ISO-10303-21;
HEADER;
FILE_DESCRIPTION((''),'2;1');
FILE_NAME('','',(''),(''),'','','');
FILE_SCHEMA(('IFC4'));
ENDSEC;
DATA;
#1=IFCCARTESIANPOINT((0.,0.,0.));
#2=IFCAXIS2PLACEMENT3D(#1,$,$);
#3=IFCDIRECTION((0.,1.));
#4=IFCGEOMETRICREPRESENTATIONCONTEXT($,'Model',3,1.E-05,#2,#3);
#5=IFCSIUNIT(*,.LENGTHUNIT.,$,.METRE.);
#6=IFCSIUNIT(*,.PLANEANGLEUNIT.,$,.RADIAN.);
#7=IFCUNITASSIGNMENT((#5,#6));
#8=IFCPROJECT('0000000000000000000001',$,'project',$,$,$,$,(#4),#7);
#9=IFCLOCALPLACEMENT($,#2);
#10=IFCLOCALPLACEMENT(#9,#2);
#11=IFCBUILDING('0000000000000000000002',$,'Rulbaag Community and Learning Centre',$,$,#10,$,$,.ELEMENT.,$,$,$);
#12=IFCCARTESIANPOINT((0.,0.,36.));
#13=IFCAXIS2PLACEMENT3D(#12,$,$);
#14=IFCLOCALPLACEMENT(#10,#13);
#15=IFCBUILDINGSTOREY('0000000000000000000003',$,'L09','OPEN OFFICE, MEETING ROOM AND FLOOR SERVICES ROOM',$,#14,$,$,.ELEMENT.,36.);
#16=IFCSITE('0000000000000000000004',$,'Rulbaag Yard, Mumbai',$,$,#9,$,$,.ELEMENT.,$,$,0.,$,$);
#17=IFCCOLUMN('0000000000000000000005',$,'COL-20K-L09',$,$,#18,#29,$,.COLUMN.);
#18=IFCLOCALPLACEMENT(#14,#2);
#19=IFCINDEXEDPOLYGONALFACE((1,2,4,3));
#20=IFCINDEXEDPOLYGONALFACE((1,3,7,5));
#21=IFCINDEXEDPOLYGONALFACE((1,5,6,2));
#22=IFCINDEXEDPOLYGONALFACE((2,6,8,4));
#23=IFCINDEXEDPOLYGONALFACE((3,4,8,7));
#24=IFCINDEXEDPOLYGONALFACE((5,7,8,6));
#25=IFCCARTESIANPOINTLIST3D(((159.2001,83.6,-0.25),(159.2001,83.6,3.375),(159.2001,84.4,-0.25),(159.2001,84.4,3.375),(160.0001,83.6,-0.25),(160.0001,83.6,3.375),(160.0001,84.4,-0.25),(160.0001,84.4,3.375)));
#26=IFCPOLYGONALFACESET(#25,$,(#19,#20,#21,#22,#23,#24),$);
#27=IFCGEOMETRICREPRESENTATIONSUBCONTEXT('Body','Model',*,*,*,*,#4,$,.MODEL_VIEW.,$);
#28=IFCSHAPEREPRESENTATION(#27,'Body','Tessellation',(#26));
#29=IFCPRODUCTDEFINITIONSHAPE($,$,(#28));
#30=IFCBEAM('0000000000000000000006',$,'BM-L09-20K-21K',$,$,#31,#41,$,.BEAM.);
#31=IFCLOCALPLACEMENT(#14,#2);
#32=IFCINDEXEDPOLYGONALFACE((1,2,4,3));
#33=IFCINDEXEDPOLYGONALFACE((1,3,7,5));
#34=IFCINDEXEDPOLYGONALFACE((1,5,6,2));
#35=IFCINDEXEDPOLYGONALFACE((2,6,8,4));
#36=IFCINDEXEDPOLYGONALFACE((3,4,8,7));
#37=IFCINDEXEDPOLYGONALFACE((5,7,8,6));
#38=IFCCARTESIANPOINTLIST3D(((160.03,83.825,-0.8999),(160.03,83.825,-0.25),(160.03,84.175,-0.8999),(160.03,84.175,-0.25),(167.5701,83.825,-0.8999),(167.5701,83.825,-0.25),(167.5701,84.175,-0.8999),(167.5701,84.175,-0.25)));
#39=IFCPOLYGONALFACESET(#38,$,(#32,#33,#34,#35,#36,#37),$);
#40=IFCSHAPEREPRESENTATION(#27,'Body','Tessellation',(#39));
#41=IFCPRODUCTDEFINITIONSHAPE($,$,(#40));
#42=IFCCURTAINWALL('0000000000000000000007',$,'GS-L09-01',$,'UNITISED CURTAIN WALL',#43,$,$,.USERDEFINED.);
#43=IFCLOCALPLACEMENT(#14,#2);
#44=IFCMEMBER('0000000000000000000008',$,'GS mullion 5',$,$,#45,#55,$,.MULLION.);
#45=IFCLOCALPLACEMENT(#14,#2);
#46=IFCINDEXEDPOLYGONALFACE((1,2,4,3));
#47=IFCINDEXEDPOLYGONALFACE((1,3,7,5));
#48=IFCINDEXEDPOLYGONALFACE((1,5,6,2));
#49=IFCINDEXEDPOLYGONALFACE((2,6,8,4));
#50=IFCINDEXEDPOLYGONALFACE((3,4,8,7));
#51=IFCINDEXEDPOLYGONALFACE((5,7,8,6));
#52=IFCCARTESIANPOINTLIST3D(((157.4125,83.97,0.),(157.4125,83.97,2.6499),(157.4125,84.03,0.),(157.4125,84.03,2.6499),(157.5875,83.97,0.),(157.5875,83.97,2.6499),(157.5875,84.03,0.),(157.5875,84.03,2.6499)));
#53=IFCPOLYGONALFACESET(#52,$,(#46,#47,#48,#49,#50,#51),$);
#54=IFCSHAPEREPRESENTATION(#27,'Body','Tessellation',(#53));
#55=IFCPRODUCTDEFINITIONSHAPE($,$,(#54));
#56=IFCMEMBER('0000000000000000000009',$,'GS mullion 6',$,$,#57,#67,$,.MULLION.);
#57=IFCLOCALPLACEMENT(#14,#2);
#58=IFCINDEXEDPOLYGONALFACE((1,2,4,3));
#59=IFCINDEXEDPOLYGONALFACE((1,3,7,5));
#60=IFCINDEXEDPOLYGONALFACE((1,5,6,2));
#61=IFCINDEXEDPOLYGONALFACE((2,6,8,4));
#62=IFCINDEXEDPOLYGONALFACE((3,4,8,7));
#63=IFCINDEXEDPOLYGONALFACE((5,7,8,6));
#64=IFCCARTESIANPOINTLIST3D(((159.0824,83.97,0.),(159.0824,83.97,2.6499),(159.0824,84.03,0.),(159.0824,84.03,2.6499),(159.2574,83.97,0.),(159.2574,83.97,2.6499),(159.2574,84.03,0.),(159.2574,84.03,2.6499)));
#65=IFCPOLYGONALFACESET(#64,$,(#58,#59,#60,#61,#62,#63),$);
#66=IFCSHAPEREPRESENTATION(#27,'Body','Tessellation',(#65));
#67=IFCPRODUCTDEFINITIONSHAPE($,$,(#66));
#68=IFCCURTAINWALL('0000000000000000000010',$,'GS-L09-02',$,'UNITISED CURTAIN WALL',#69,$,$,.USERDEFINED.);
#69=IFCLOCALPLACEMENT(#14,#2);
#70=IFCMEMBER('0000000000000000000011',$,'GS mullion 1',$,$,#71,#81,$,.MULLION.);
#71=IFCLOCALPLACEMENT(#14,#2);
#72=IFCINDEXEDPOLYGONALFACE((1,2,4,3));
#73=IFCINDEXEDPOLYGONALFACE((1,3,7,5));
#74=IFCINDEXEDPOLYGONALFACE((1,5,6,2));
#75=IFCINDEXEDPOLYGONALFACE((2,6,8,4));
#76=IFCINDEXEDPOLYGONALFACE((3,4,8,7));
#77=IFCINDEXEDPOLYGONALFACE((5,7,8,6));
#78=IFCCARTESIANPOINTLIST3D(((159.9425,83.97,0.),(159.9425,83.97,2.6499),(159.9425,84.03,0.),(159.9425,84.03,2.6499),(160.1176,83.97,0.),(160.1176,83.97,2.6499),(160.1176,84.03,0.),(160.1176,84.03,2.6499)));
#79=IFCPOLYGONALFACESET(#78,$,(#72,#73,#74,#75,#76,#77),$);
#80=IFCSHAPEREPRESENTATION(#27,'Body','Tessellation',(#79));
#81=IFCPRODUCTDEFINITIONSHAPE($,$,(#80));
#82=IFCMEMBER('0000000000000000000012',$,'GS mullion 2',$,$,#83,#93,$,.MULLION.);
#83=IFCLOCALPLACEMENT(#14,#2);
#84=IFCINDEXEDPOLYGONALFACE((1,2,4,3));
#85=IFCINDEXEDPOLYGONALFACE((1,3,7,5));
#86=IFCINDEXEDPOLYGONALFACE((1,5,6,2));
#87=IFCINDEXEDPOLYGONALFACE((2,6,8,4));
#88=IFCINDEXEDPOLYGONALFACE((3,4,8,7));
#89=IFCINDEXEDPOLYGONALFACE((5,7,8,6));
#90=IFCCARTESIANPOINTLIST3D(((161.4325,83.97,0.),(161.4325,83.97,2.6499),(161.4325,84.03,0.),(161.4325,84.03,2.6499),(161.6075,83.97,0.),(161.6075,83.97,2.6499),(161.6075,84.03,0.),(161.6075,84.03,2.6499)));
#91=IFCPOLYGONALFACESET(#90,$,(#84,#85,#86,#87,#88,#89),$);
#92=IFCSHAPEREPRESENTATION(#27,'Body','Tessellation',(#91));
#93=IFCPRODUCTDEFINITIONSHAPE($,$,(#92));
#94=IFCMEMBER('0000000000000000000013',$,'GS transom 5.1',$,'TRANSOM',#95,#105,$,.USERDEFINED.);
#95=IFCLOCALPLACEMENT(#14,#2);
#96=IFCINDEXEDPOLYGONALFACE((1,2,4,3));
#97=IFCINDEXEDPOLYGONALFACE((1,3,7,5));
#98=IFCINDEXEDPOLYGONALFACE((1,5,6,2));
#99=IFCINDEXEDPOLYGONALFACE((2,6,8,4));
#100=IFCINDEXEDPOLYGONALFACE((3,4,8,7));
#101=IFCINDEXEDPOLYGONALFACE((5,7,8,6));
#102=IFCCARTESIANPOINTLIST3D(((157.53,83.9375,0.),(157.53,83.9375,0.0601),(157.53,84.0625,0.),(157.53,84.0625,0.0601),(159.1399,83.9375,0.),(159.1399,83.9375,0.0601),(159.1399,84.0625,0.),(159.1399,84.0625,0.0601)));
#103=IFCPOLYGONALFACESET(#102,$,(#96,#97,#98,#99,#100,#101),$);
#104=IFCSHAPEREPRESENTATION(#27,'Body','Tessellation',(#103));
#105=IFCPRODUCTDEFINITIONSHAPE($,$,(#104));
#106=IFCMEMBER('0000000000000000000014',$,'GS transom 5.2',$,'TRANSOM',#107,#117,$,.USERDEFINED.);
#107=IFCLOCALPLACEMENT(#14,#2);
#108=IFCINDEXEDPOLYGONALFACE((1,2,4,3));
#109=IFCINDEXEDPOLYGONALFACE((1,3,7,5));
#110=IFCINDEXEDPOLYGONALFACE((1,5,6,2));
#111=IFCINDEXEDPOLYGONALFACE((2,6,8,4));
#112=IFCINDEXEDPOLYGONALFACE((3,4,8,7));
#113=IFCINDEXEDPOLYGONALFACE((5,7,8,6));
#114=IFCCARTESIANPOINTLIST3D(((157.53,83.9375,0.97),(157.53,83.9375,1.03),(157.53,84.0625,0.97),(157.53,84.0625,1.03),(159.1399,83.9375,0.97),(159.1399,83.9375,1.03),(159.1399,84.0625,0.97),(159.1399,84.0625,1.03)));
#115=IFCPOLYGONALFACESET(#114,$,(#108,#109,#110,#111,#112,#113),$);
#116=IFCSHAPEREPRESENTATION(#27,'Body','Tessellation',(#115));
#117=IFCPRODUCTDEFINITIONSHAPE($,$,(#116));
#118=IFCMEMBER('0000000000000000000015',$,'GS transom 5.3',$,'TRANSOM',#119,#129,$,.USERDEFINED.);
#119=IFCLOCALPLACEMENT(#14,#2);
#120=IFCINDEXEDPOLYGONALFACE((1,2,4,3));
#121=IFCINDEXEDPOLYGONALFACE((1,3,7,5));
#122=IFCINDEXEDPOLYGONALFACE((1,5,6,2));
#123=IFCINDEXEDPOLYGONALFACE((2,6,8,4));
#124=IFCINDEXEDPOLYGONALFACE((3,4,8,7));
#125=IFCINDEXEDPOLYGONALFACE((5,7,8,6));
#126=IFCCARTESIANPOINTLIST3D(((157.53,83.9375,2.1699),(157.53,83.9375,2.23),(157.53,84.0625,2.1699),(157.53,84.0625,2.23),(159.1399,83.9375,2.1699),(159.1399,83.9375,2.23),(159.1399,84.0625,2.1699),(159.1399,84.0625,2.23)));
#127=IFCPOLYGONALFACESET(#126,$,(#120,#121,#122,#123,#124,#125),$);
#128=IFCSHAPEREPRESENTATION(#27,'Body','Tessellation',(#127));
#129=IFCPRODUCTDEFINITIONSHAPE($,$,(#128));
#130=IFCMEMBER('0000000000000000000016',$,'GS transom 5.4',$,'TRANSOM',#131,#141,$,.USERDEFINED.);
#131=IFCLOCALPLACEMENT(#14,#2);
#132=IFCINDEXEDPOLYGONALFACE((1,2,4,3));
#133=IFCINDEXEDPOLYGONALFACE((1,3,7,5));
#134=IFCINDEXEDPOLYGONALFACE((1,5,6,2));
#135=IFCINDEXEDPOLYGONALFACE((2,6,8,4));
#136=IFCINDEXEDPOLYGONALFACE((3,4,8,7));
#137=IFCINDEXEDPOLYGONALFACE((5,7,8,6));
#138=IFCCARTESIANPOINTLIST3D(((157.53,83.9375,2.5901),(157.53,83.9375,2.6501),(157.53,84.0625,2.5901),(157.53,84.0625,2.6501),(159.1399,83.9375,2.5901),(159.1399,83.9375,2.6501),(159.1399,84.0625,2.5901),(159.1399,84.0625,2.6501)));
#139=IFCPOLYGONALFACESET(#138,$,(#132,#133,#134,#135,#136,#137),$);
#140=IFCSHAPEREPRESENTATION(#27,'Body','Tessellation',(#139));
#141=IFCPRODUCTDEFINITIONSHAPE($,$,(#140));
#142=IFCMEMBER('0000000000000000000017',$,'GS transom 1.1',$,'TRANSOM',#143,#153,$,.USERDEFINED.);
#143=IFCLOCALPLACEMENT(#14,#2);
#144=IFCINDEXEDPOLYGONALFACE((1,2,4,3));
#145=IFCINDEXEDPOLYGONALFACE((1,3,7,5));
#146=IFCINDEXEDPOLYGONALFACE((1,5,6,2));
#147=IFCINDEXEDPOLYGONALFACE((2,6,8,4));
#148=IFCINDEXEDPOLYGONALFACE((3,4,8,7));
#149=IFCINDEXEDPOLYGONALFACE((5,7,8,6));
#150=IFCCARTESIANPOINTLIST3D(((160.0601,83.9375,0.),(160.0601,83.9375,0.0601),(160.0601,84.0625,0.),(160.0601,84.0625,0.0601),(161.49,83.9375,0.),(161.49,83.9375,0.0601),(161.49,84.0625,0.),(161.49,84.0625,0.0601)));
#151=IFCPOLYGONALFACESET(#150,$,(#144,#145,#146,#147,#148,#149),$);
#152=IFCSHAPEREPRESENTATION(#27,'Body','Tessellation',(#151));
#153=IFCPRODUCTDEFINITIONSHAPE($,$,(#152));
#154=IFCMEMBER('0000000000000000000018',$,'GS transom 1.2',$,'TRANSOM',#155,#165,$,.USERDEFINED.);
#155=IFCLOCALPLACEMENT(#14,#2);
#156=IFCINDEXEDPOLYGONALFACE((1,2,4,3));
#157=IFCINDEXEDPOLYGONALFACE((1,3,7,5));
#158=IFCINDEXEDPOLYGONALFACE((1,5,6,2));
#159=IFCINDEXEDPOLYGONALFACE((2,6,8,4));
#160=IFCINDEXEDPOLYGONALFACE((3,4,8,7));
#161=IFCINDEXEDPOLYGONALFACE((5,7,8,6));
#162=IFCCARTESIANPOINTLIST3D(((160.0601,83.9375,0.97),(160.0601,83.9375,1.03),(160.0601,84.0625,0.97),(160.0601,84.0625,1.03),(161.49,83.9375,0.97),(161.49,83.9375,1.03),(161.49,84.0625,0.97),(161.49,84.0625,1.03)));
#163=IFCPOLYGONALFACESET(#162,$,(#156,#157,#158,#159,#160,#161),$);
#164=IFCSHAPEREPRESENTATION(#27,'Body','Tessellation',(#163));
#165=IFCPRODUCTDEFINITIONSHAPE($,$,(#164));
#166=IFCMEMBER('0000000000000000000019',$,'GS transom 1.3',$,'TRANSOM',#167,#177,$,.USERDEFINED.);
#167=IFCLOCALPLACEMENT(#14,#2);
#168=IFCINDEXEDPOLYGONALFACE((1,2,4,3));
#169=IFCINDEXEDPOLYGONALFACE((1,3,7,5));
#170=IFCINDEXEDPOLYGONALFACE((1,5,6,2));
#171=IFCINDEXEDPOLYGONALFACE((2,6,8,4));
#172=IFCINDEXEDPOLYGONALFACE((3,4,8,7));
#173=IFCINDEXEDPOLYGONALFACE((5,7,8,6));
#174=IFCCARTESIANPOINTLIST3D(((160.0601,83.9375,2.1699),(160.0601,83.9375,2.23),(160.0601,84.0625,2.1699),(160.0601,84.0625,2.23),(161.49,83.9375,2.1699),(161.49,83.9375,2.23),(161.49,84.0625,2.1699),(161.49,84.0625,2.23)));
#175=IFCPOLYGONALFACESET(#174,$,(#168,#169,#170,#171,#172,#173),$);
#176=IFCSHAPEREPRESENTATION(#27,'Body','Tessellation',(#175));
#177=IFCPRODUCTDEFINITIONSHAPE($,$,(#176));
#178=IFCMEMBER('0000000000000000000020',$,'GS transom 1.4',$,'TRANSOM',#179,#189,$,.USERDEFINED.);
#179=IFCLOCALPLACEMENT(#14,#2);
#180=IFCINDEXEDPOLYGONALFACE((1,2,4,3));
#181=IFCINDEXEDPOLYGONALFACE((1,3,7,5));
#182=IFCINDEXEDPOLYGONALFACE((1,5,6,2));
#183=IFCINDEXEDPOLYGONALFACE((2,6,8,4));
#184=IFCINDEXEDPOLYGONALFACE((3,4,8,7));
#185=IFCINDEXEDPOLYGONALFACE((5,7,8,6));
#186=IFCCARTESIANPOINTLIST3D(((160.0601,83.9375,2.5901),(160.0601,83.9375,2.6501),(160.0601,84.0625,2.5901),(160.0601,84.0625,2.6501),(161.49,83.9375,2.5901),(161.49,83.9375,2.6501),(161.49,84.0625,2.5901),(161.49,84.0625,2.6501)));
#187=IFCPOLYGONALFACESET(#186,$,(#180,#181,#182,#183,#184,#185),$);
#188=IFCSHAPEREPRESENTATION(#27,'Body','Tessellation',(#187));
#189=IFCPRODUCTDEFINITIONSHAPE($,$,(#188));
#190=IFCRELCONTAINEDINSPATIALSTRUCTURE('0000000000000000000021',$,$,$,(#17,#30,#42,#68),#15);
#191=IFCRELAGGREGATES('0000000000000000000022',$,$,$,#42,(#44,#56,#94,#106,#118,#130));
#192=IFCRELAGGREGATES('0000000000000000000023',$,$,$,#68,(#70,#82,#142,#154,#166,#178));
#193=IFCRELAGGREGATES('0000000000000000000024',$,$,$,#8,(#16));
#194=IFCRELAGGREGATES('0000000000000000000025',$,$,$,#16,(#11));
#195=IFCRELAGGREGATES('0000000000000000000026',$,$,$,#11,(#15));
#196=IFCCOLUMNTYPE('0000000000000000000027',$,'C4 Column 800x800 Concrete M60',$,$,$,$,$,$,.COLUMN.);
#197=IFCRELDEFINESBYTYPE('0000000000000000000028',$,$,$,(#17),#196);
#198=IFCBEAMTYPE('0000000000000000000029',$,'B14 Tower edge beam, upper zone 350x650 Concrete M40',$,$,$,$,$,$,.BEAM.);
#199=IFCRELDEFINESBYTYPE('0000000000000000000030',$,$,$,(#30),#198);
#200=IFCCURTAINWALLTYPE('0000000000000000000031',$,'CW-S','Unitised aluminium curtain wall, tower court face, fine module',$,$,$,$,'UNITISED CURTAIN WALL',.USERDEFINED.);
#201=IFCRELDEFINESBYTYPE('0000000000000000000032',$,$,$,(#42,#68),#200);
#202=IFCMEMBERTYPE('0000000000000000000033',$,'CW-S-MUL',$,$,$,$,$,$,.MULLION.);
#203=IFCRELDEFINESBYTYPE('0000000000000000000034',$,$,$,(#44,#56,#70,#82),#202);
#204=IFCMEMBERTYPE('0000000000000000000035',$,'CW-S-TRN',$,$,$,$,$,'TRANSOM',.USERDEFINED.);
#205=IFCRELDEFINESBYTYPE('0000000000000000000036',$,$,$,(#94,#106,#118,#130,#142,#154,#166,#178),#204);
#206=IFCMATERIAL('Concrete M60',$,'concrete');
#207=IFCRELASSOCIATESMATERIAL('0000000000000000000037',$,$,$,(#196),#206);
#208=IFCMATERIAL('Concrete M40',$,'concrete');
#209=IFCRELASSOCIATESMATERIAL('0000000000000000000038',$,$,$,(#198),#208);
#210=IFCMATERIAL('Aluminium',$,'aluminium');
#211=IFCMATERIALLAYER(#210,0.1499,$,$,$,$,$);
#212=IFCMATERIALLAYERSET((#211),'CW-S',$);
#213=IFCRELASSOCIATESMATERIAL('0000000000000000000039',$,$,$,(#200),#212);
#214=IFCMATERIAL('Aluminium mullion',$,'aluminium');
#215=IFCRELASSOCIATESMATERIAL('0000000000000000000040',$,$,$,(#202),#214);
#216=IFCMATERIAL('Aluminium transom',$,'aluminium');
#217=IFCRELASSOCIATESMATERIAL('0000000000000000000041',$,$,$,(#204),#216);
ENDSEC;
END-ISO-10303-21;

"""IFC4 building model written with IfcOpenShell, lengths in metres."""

from ifc_helpers import new_model, si_unit, direction, frame, origin, origin_2d, place, context, subcontext, project, spatial, rectangle, extrude, material, layer, layer_set, material_profile, profile_set, type_object, element, aggregate, save


model = new_model("IFC4")

# Units and contexts
model_context = context("Model", 3, precision=1e-05, world=origin(), true_north=direction((0.0, 1.0)))
body_context = subcontext(model_context, "Body", "Model", "MODEL_VIEW")
ifc_project = project(units=[si_unit("LENGTHUNIT", "METRE"), si_unit("PLANEANGLEUNIT", "RADIAN")], contexts=[model_context])

# Site, building, storey
site_placement = place(None, origin())
site = spatial("IfcSite", under=ifc_project, at=site_placement, Name="Rulbaag Yard, Mumbai", CompositionType="ELEMENT", RefElevation=0.0)
building_placement = place(site_placement, origin())
building = spatial("IfcBuilding", under=site, at=building_placement, Name="Rulbaag Community and Learning Centre", CompositionType="ELEMENT")
storey_placement = place(building_placement, frame((0.0, 0.0, 36.0)))
storey = spatial("IfcBuildingStorey", under=building, at=storey_placement, Name="L09", Description="OPEN OFFICE, MEETING ROOM AND FLOOR SERVICES ROOM", CompositionType="ELEMENT", Elevation=36.0)

# Column
ifc_material_1 = material(Name="Concrete M60", Category="concrete")
ifc_material_profile_1 = material_profile(ifc_material_1, rectangle(XDim=0.8, YDim=0.8, at=origin_2d()), Name="RC800x800")
ifc_profile_set_1 = profile_set([ifc_material_profile_1], Name="Concrete M60")
column_type = type_object("IfcColumnType", Name="C4 Column 800x800 Concrete M60", PredefinedType="COLUMN", material=ifc_profile_set_1)
column_placement = place(storey_placement, frame((159.6001, 84.0, -0.25), z_axis=(0.0, 0.0, 1.0), x_axis=(1.0, 0.0, 0.0)))
element("IfcColumn", 1, at=column_placement, inside=storey, type_object=column_type, Name="COL-20K-L09", PredefinedType="COLUMN", context=body_context, shape_type="SweptSolid", body=[
    extrude(rectangle(XDim=0.8, YDim=0.8, at=origin_2d()), origin(), (0.0, 0.0, 1.0), 3.625),
])

# Beam
ifc_material_2 = material(Name="Concrete M40", Category="concrete")
ifc_material_profile_2 = material_profile(ifc_material_2, rectangle(XDim=0.3501, YDim=0.6499, at=origin_2d()), Name="RB350x650")
ifc_profile_set_2 = profile_set([ifc_material_profile_2], Name="Concrete M40")
beam_type = type_object("IfcBeamType", Name="B14 Tower edge beam, upper zone 350x650 Concrete M40", PredefinedType="BEAM", material=ifc_profile_set_2)
beam_placement = place(storey_placement, frame((160.03, 84.0, -0.575), z_axis=(1.0, 0.0, 0.0), x_axis=(0.0, 1.0, 0.0)))
element("IfcBeam", 2, at=beam_placement, inside=storey, type_object=beam_type, Name="BM-L09-20K-21K", PredefinedType="BEAM", context=body_context, shape_type="SweptSolid", body=[
    extrude(rectangle(XDim=0.3501, YDim=0.6499, at=origin_2d()), origin(), (0.0, 0.0, 1.0), 7.54),
])

# Curtain walls, members
ifc_material_3 = material(Name="Aluminium", Category="aluminium")
ifc_layer_1 = layer(ifc_material_3, 0.1499)
ifc_layer_set_1 = layer_set([ifc_layer_1], Name="CW-S")
curtain_wall_type = type_object("IfcCurtainWallType", Name="CW-S", Description="Unitised aluminium curtain wall, tower court face, fine module", ElementType="UNITISED CURTAIN WALL", PredefinedType="USERDEFINED", material=ifc_layer_set_1)
curtain_wall_1_placement = place(storey_placement, origin())
curtain_wall_1 = element("IfcCurtainWall", 3, at=curtain_wall_1_placement, inside=storey, type_object=curtain_wall_type, Name="GS-L09-01", ObjectType="UNITISED CURTAIN WALL", PredefinedType="USERDEFINED")
ifc_material_4 = material(Name="Aluminium mullion", Category="aluminium")
ifc_material_profile_3 = material_profile(ifc_material_4, rectangle(XDim=0.0601, YDim=0.175, at=origin_2d()), Name="AL 60x175")
ifc_profile_set_3 = profile_set([ifc_material_profile_3], Name="Aluminium mullion")
member_type_1 = type_object("IfcMemberType", Name="CW-S-MUL", PredefinedType="MULLION", material=ifc_profile_set_3)
member_1_placement = place(storey_placement, frame((157.5, 84.0, 0.0), z_axis=(0.0, 0.0, 1.0), x_axis=(0.0, 1.0, 0.0)))
member_1 = element("IfcMember", 4, at=member_1_placement, type_object=member_type_1, Name="GS mullion 5", PredefinedType="MULLION", context=body_context, shape_type="SweptSolid", body=[
    extrude(rectangle(XDim=0.0601, YDim=0.175, at=origin_2d()), origin(), (0.0, 0.0, 1.0), 2.6499),
])
member_2_placement = place(storey_placement, frame((159.1699, 84.0, 0.0), z_axis=(0.0, 0.0, 1.0), x_axis=(0.0, 1.0, 0.0)))
member_2 = element("IfcMember", 5, at=member_2_placement, type_object=member_type_1, Name="GS mullion 6", PredefinedType="MULLION", context=body_context, shape_type="SweptSolid", body=[
    extrude(rectangle(XDim=0.0601, YDim=0.175, at=origin_2d()), origin(), (0.0, 0.0, 1.0), 2.6499),
])
curtain_wall_2_placement = place(storey_placement, origin())
curtain_wall_2 = element("IfcCurtainWall", 6, at=curtain_wall_2_placement, inside=storey, type_object=curtain_wall_type, Name="GS-L09-02", ObjectType="UNITISED CURTAIN WALL", PredefinedType="USERDEFINED")
member_3_placement = place(storey_placement, frame((160.03, 84.0, 0.0), z_axis=(0.0, 0.0, 1.0), x_axis=(0.0, 1.0, 0.0)))
member_3 = element("IfcMember", 7, at=member_3_placement, type_object=member_type_1, Name="GS mullion 1", PredefinedType="MULLION", context=body_context, shape_type="SweptSolid", body=[
    extrude(rectangle(XDim=0.0601, YDim=0.175, at=origin_2d()), origin(), (0.0, 0.0, 1.0), 2.6499),
])
member_4_placement = place(storey_placement, frame((161.52, 84.0, 0.0), z_axis=(0.0, 0.0, 1.0), x_axis=(0.0, 1.0, 0.0)))
member_4 = element("IfcMember", 8, at=member_4_placement, type_object=member_type_1, Name="GS mullion 2", PredefinedType="MULLION", context=body_context, shape_type="SweptSolid", body=[
    extrude(rectangle(XDim=0.0601, YDim=0.175, at=origin_2d()), origin(), (0.0, 0.0, 1.0), 2.6499),
])

# Members
ifc_material_5 = material(Name="Aluminium transom", Category="aluminium")
ifc_material_profile_4 = material_profile(ifc_material_5, rectangle(XDim=0.125, YDim=0.0601, at=origin_2d()), Name="AL 60x125 T")
ifc_profile_set_4 = profile_set([ifc_material_profile_4], Name="Aluminium transom")
member_type_2 = type_object("IfcMemberType", Name="CW-S-TRN", ElementType="TRANSOM", PredefinedType="USERDEFINED", material=ifc_profile_set_4)
member_5_placement = place(storey_placement, frame((157.53, 84.0, 0.03), z_axis=(1.0, 0.0, 0.0), x_axis=(0.0, 1.0, 0.0)))
member_5 = element("IfcMember", 9, at=member_5_placement, type_object=member_type_2, Name="GS transom 5.1", ObjectType="TRANSOM", PredefinedType="USERDEFINED", context=body_context, shape_type="SweptSolid", body=[
    extrude(rectangle(XDim=0.125, YDim=0.0601, at=origin_2d()), origin(), (0.0, 0.0, 1.0), 1.6099),
])
member_6_placement = place(storey_placement, frame((157.53, 84.0, 1.0), z_axis=(1.0, 0.0, 0.0), x_axis=(0.0, 1.0, 0.0)))
member_6 = element("IfcMember", 10, at=member_6_placement, type_object=member_type_2, Name="GS transom 5.2", ObjectType="TRANSOM", PredefinedType="USERDEFINED", context=body_context, shape_type="SweptSolid", body=[
    extrude(rectangle(XDim=0.125, YDim=0.0601, at=origin_2d()), origin(), (0.0, 0.0, 1.0), 1.6099),
])
member_7_placement = place(storey_placement, frame((157.53, 84.0, 2.2), z_axis=(1.0, 0.0, 0.0), x_axis=(0.0, 1.0, 0.0)))
member_7 = element("IfcMember", 11, at=member_7_placement, type_object=member_type_2, Name="GS transom 5.3", ObjectType="TRANSOM", PredefinedType="USERDEFINED", context=body_context, shape_type="SweptSolid", body=[
    extrude(rectangle(XDim=0.125, YDim=0.0601, at=origin_2d()), origin(), (0.0, 0.0, 1.0), 1.6099),
])
member_8_placement = place(storey_placement, frame((157.53, 84.0, 2.6201), z_axis=(1.0, 0.0, 0.0), x_axis=(0.0, 1.0, 0.0)))
member_8 = element("IfcMember", 12, at=member_8_placement, type_object=member_type_2, Name="GS transom 5.4", ObjectType="TRANSOM", PredefinedType="USERDEFINED", context=body_context, shape_type="SweptSolid", body=[
    extrude(rectangle(XDim=0.125, YDim=0.0601, at=origin_2d()), origin(), (0.0, 0.0, 1.0), 1.6099),
])
member_9_placement = place(storey_placement, frame((160.0601, 84.0, 0.03), z_axis=(1.0, 0.0, 0.0), x_axis=(0.0, 1.0, 0.0)))
member_9 = element("IfcMember", 13, at=member_9_placement, type_object=member_type_2, Name="GS transom 1.1", ObjectType="TRANSOM", PredefinedType="USERDEFINED", context=body_context, shape_type="SweptSolid", body=[
    extrude(rectangle(XDim=0.125, YDim=0.0601, at=origin_2d()), origin(), (0.0, 0.0, 1.0), 1.4299),
])
member_10_placement = place(storey_placement, frame((160.0601, 84.0, 1.0), z_axis=(1.0, 0.0, 0.0), x_axis=(0.0, 1.0, 0.0)))
member_10 = element("IfcMember", 14, at=member_10_placement, type_object=member_type_2, Name="GS transom 1.2", ObjectType="TRANSOM", PredefinedType="USERDEFINED", context=body_context, shape_type="SweptSolid", body=[
    extrude(rectangle(XDim=0.125, YDim=0.0601, at=origin_2d()), origin(), (0.0, 0.0, 1.0), 1.4299),
])
member_11_placement = place(storey_placement, frame((160.0601, 84.0, 2.2), z_axis=(1.0, 0.0, 0.0), x_axis=(0.0, 1.0, 0.0)))
member_11 = element("IfcMember", 15, at=member_11_placement, type_object=member_type_2, Name="GS transom 1.3", ObjectType="TRANSOM", PredefinedType="USERDEFINED", context=body_context, shape_type="SweptSolid", body=[
    extrude(rectangle(XDim=0.125, YDim=0.0601, at=origin_2d()), origin(), (0.0, 0.0, 1.0), 1.4299),
])
member_12_placement = place(storey_placement, frame((160.0601, 84.0, 2.6201), z_axis=(1.0, 0.0, 0.0), x_axis=(0.0, 1.0, 0.0)))
member_12 = element("IfcMember", 16, at=member_12_placement, type_object=member_type_2, Name="GS transom 1.4", ObjectType="TRANSOM", PredefinedType="USERDEFINED", context=body_context, shape_type="SweptSolid", body=[
    extrude(rectangle(XDim=0.125, YDim=0.0601, at=origin_2d()), origin(), (0.0, 0.0, 1.0), 1.4299),
])

aggregate(curtain_wall_1, [member_1, member_2, member_5, member_6, member_7, member_8])
aggregate(curtain_wall_2, [member_3, member_4, member_9, member_10, member_11, member_12])

save(model, "model.ifc")
